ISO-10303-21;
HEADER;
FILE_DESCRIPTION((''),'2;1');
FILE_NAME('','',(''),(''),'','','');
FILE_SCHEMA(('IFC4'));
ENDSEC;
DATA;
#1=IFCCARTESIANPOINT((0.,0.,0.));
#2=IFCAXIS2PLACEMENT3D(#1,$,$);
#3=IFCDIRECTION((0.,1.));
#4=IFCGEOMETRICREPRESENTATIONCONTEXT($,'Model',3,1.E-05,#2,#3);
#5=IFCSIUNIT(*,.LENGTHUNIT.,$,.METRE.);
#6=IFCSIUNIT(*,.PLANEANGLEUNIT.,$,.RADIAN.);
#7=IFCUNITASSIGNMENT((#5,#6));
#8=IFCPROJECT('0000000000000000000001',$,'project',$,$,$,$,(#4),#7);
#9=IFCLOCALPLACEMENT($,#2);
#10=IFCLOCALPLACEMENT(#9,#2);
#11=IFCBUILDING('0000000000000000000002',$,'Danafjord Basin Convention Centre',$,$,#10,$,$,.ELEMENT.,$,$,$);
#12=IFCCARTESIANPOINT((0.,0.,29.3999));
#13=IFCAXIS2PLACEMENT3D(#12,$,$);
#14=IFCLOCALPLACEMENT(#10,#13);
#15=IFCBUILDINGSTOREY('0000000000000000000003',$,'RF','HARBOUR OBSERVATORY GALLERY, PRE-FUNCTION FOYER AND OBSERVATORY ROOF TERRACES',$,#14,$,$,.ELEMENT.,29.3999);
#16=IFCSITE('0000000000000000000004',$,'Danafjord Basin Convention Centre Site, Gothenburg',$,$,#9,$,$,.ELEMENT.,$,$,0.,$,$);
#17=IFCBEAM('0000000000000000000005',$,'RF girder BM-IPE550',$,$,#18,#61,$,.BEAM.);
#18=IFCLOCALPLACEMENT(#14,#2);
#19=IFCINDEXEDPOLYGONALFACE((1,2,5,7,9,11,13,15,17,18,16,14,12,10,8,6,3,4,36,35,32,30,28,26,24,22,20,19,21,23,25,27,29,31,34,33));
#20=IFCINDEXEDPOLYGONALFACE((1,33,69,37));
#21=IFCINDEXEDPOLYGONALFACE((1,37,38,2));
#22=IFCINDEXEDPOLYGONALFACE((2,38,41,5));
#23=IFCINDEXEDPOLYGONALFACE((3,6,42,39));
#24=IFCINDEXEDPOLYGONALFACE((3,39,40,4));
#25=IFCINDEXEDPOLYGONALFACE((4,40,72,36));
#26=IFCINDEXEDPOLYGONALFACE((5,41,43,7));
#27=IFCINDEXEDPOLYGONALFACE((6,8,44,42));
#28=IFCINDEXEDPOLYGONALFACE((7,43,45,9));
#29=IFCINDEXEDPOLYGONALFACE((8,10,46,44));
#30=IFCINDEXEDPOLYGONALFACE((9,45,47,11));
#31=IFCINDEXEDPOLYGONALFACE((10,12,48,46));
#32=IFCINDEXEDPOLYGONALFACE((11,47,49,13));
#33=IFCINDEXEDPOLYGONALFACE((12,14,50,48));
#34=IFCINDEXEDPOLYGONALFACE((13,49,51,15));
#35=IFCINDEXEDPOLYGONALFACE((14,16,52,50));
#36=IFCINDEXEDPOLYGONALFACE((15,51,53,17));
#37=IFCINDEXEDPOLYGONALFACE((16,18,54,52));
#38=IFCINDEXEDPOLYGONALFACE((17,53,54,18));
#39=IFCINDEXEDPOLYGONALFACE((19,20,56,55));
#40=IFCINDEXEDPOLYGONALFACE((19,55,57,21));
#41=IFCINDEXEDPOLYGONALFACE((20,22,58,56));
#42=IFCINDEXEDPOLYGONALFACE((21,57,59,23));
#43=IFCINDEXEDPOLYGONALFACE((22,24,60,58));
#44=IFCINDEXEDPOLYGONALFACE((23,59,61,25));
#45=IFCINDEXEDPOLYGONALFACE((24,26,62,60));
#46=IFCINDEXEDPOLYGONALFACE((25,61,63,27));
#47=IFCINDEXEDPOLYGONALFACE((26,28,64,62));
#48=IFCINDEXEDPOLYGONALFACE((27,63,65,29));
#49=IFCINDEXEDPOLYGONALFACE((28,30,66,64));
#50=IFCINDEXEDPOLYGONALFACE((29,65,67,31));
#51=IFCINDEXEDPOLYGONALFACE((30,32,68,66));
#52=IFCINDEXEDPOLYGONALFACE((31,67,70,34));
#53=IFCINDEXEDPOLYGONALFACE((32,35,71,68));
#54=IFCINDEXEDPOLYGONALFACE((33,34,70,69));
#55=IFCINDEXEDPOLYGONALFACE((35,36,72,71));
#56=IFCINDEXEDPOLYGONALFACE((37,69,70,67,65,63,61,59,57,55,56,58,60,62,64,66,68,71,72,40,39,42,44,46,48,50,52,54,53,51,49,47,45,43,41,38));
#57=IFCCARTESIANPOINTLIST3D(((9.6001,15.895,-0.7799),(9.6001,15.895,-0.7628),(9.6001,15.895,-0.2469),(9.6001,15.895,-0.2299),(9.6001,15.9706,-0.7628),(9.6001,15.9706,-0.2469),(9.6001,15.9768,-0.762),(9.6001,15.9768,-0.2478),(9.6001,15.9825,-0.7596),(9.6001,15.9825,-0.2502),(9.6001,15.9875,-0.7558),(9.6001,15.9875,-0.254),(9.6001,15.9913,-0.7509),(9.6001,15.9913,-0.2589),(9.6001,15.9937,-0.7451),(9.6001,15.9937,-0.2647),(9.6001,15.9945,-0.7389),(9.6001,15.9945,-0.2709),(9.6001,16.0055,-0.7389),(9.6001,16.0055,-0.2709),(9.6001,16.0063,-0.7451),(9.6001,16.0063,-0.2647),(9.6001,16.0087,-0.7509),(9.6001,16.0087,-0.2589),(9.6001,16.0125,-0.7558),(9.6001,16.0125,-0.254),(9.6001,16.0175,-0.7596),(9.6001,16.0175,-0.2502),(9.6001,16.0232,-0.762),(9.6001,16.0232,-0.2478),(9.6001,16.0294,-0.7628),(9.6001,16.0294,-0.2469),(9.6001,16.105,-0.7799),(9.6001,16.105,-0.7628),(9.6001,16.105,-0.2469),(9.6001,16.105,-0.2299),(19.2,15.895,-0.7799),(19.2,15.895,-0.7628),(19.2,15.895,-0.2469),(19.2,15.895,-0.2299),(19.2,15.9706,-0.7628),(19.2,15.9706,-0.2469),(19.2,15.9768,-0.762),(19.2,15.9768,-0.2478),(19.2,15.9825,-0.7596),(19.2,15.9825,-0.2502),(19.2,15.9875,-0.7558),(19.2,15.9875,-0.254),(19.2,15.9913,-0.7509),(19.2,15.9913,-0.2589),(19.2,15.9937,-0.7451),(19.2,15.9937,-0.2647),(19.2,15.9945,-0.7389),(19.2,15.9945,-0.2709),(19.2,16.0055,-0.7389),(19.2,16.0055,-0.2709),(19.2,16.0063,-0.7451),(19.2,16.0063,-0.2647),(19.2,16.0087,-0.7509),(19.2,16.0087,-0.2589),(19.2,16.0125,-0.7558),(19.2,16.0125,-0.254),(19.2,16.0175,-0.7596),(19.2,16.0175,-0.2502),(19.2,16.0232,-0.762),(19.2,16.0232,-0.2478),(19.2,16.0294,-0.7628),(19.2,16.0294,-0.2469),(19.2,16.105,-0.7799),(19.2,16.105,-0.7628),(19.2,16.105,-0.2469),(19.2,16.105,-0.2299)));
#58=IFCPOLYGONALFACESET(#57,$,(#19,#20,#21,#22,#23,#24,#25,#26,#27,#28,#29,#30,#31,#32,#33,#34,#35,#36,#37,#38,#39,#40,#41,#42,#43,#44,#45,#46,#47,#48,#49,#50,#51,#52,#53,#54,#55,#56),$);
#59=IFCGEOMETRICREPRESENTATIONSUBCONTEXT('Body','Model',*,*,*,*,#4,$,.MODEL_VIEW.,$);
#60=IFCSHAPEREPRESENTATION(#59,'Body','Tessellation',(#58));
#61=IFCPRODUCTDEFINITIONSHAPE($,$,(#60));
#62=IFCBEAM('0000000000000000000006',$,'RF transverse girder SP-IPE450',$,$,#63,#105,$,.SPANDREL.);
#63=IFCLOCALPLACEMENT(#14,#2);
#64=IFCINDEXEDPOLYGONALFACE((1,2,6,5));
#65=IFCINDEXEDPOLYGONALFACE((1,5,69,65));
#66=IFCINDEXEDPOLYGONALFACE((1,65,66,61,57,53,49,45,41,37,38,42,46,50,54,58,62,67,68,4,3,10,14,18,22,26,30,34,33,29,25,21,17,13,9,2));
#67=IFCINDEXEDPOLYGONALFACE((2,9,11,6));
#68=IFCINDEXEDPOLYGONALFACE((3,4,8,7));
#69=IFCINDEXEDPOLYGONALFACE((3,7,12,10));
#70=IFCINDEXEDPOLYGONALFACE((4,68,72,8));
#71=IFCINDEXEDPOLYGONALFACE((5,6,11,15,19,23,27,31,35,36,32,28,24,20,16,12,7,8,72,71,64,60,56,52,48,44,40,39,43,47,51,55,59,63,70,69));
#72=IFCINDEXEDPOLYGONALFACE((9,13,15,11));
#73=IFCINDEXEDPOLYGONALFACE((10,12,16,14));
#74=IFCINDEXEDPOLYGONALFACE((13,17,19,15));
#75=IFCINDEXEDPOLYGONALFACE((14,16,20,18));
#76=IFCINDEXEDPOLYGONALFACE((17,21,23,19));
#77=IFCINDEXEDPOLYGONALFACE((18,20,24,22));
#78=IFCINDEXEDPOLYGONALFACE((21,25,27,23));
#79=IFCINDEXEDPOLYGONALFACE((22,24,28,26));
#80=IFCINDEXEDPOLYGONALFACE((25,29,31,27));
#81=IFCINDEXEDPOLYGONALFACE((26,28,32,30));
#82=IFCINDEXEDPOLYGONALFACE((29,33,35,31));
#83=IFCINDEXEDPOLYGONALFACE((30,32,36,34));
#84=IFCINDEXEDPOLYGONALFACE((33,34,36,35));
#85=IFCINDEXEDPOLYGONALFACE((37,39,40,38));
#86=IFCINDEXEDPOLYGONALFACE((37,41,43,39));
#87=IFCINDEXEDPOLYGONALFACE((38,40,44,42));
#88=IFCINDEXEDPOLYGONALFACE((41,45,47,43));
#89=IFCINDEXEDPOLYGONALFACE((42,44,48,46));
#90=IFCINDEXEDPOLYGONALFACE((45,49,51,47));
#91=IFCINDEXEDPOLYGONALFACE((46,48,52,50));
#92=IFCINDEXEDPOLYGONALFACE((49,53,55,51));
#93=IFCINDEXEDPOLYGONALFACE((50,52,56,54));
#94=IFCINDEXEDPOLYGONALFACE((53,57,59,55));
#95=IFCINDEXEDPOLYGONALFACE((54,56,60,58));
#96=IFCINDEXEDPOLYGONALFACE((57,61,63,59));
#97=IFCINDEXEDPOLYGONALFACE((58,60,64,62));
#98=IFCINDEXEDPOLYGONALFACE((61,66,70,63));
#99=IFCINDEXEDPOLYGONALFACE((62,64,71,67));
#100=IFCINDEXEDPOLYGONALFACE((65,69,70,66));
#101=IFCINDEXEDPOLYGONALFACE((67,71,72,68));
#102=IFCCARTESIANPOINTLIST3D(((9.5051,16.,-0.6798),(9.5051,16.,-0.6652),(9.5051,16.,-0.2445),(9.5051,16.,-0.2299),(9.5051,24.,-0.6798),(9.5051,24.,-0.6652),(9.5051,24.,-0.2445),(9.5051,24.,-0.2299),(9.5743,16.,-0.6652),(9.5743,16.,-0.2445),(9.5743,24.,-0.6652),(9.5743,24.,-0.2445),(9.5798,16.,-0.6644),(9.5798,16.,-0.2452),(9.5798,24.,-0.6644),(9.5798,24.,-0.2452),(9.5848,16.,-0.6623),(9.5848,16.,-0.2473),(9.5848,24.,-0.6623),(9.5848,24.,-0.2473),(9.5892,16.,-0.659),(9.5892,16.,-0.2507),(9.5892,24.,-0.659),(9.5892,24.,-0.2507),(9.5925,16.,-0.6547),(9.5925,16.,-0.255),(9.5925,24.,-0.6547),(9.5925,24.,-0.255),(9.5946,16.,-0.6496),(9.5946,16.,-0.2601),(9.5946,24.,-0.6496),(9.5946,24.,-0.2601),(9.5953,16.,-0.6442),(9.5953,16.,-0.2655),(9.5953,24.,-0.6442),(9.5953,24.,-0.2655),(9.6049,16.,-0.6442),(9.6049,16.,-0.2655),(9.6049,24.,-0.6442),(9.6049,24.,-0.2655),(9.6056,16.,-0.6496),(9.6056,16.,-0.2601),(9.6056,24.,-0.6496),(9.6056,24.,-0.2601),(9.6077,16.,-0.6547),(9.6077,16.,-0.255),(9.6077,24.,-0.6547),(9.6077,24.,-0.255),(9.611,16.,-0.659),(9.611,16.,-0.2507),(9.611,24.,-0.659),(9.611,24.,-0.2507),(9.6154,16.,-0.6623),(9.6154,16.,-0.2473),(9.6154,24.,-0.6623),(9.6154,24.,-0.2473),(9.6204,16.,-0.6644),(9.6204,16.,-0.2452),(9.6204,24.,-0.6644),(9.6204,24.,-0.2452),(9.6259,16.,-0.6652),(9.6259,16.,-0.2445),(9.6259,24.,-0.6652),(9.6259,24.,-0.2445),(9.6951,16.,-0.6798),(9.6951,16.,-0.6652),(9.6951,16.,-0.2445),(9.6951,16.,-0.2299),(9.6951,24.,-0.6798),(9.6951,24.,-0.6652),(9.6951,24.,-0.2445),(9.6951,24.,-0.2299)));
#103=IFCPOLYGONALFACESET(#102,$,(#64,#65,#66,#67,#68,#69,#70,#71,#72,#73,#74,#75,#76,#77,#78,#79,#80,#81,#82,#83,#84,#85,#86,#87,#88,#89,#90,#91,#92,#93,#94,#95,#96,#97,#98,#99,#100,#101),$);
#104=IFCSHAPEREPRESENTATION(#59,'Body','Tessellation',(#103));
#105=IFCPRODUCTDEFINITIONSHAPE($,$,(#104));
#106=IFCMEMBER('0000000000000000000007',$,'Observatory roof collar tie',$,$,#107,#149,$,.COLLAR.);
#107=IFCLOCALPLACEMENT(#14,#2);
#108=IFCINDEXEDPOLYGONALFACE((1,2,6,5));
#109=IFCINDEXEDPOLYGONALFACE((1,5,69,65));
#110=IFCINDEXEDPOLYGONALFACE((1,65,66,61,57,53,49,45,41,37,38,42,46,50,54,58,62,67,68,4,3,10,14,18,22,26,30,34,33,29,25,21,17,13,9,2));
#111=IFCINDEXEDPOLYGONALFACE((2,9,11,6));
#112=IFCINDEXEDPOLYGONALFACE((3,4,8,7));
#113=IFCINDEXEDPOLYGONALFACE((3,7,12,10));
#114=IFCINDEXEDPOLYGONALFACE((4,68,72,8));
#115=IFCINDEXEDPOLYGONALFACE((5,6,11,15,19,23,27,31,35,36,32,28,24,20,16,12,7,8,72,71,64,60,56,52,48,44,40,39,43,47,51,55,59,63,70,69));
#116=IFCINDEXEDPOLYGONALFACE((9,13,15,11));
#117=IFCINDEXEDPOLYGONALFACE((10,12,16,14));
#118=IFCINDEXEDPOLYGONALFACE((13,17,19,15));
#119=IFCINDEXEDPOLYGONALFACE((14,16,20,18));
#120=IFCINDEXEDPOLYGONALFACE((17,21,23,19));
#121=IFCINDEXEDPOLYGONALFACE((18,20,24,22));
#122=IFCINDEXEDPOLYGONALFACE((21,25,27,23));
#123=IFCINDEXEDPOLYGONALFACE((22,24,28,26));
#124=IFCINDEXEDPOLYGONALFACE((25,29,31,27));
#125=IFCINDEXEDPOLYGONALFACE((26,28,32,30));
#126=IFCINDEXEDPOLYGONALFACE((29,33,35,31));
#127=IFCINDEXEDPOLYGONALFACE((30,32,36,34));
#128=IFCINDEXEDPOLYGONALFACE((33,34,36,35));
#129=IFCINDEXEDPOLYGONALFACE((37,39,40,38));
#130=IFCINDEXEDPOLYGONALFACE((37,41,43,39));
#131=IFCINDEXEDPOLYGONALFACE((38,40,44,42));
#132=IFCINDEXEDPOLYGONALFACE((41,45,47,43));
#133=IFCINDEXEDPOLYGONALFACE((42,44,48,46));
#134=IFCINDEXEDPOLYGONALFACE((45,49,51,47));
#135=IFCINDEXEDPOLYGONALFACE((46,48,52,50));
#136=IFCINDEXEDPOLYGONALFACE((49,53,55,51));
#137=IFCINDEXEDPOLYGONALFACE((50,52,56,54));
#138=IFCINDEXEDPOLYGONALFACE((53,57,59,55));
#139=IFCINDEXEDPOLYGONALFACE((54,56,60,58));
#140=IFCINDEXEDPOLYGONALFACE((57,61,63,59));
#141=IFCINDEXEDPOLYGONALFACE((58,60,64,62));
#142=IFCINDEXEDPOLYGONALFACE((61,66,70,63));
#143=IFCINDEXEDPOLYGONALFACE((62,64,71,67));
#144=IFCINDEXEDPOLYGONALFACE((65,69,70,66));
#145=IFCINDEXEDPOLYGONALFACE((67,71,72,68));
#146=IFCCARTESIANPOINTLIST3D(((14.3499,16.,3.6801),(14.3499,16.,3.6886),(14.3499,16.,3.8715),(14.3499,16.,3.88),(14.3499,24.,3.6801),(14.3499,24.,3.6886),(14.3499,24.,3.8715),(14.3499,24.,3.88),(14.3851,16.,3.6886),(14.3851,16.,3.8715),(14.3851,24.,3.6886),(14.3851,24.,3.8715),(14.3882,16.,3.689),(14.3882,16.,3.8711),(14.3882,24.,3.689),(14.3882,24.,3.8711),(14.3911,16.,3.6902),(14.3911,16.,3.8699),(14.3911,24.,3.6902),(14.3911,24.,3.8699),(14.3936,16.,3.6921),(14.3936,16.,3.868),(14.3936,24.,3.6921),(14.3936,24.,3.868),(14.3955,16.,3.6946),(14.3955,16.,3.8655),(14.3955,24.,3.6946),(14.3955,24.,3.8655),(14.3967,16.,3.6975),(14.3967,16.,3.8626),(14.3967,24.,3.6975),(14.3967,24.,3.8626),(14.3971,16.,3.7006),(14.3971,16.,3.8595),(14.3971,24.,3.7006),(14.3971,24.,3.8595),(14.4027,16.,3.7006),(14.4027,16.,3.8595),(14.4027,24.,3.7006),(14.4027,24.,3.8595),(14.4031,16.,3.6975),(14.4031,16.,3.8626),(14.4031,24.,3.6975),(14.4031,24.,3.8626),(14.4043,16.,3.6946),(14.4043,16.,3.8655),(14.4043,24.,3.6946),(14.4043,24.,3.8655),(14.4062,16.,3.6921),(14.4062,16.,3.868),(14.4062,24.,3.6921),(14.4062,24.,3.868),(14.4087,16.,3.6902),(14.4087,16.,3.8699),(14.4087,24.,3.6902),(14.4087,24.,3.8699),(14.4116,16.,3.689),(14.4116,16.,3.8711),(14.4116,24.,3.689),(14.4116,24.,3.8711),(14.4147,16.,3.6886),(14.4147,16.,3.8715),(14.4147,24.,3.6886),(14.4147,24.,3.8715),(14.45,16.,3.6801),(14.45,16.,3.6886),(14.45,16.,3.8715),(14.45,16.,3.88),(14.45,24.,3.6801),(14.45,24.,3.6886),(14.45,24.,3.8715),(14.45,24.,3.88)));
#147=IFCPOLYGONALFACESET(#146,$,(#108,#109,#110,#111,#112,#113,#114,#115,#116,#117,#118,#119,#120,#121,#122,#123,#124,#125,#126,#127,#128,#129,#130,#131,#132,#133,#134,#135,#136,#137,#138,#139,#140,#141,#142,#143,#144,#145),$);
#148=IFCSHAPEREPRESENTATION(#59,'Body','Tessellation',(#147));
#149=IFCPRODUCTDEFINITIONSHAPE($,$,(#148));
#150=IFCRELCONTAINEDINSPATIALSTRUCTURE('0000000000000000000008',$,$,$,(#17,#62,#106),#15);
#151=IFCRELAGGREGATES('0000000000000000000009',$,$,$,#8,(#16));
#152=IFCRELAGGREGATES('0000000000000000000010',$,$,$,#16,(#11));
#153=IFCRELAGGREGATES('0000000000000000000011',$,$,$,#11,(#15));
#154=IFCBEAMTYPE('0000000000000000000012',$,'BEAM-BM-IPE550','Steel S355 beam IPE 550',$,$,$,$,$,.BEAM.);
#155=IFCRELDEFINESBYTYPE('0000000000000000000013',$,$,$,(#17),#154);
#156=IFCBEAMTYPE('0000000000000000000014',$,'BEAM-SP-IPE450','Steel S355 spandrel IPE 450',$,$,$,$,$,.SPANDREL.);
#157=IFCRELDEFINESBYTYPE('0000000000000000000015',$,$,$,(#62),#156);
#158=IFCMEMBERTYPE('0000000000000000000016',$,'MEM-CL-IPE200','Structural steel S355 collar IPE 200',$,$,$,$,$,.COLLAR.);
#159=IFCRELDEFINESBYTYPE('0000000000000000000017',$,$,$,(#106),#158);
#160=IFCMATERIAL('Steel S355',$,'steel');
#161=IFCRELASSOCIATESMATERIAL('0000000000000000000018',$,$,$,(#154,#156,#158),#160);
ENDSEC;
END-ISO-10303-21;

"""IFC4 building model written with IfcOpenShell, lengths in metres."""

from ifc_helpers import new_model, si_unit, direction, frame, origin, origin_2d, place, context, subcontext, project, spatial, i_section, extrude, material, material_profile, profile_set, type_object, element, save


model = new_model("IFC4")

# Units and contexts
model_context = context("Model", 3, precision=1e-05, world=origin(), true_north=direction((0.0, 1.0)))
body_context = subcontext(model_context, "Body", "Model", "MODEL_VIEW")
ifc_project = project(units=[si_unit("LENGTHUNIT", "METRE"), si_unit("PLANEANGLEUNIT", "RADIAN")], contexts=[model_context])

# Site, building, storey
site_placement = place(None, origin())
site = spatial("IfcSite", under=ifc_project, at=site_placement, Name="Danafjord Basin Convention Centre Site, Gothenburg", CompositionType="ELEMENT", RefElevation=0.0)
building_placement = place(site_placement, origin())
building = spatial("IfcBuilding", under=site, at=building_placement, Name="Danafjord Basin Convention Centre", CompositionType="ELEMENT")
storey_placement = place(building_placement, frame((0.0, 0.0, 29.3999)))
storey = spatial("IfcBuildingStorey", under=building, at=storey_placement, Name="RF", Description="HARBOUR OBSERVATORY GALLERY, PRE-FUNCTION FOYER AND OBSERVATORY ROOF TERRACES", CompositionType="ELEMENT", Elevation=29.3999)

# Shared definitions
ifc_material_1 = material(Name="Steel S355", Category="steel")

# Beams
ifc_material_profile_1 = material_profile(ifc_material_1, i_section(OverallWidth=0.21, OverallDepth=0.55, WebThickness=0.011, FlangeThickness=0.0171, FilletRadius=0.0239, at=origin_2d()), Name="IPE 550")
ifc_profile_set_1 = profile_set([ifc_material_profile_1], Name="Steel S355")
beam_type_1 = type_object("IfcBeamType", Name="BEAM-BM-IPE550", Description="Steel S355 beam IPE 550", PredefinedType="BEAM", material=ifc_profile_set_1)
beam_1_placement = place(storey_placement, frame((9.6001, 16.0, -0.5049), z_axis=(1.0, 0.0, 0.0), x_axis=(0.0, 1.0, 0.0)))
element("IfcBeam", 1, at=beam_1_placement, inside=storey, type_object=beam_type_1, Name="RF girder BM-IPE550", PredefinedType="BEAM", context=body_context, shape_type="SweptSolid", body=[
    extrude(i_section(OverallWidth=0.21, OverallDepth=0.55, WebThickness=0.011, FlangeThickness=0.0171, FilletRadius=0.0239, at=origin_2d()), origin(), (0.0, 0.0, 1.0), 9.5999),
])
ifc_material_profile_2 = material_profile(ifc_material_1, i_section(OverallWidth=0.1899, OverallDepth=0.45, WebThickness=0.0095, FlangeThickness=0.0146, FilletRadius=0.021, at=origin_2d()), Name="IPE 450")
ifc_profile_set_2 = profile_set([ifc_material_profile_2], Name="Steel S355")
beam_type_2 = type_object("IfcBeamType", Name="BEAM-SP-IPE450", Description="Steel S355 spandrel IPE 450", PredefinedType="SPANDREL", material=ifc_profile_set_2)
beam_2_placement = place(storey_placement, frame((9.6001, 16.0, -0.4548), z_axis=(0.0, 1.0, 0.0), x_axis=(-1.0, 0.0, 0.0)))
element("IfcBeam", 2, at=beam_2_placement, inside=storey, type_object=beam_type_2, Name="RF transverse girder SP-IPE450", PredefinedType="SPANDREL", context=body_context, shape_type="SweptSolid", body=[
    extrude(i_section(OverallWidth=0.1899, OverallDepth=0.45, WebThickness=0.0095, FlangeThickness=0.0146, FilletRadius=0.021, at=origin_2d()), origin(), (0.0, 0.0, 1.0), 8.0),
])

# Member
ifc_material_profile_3 = material_profile(ifc_material_1, i_section(OverallWidth=0.1001, OverallDepth=0.2, WebThickness=0.0056, FlangeThickness=0.0085, FilletRadius=0.012, at=origin_2d()), Name="IPE 200")
ifc_profile_set_3 = profile_set([ifc_material_profile_3], Name="Steel S355")
member_type_1 = type_object("IfcMemberType", Name="MEM-CL-IPE200", Description="Structural steel S355 collar IPE 200", PredefinedType="COLLAR", material=ifc_profile_set_3)
member_1_placement = place(storey_placement, frame((14.3999, 16.0, 3.78), z_axis=(0.0, 1.0, 0.0), x_axis=(-1.0, 0.0, 0.0)))
element("IfcMember", 3, at=member_1_placement, inside=storey, type_object=member_type_1, Name="Observatory roof collar tie", PredefinedType="COLLAR", context=body_context, shape_type="SweptSolid", body=[
    extrude(i_section(OverallWidth=0.1001, OverallDepth=0.2, WebThickness=0.0056, FlangeThickness=0.0085, FilletRadius=0.012, at=origin_2d()), origin(), (0.0, 0.0, 1.0), 8.0),
])

save(model, "model.ifc")
